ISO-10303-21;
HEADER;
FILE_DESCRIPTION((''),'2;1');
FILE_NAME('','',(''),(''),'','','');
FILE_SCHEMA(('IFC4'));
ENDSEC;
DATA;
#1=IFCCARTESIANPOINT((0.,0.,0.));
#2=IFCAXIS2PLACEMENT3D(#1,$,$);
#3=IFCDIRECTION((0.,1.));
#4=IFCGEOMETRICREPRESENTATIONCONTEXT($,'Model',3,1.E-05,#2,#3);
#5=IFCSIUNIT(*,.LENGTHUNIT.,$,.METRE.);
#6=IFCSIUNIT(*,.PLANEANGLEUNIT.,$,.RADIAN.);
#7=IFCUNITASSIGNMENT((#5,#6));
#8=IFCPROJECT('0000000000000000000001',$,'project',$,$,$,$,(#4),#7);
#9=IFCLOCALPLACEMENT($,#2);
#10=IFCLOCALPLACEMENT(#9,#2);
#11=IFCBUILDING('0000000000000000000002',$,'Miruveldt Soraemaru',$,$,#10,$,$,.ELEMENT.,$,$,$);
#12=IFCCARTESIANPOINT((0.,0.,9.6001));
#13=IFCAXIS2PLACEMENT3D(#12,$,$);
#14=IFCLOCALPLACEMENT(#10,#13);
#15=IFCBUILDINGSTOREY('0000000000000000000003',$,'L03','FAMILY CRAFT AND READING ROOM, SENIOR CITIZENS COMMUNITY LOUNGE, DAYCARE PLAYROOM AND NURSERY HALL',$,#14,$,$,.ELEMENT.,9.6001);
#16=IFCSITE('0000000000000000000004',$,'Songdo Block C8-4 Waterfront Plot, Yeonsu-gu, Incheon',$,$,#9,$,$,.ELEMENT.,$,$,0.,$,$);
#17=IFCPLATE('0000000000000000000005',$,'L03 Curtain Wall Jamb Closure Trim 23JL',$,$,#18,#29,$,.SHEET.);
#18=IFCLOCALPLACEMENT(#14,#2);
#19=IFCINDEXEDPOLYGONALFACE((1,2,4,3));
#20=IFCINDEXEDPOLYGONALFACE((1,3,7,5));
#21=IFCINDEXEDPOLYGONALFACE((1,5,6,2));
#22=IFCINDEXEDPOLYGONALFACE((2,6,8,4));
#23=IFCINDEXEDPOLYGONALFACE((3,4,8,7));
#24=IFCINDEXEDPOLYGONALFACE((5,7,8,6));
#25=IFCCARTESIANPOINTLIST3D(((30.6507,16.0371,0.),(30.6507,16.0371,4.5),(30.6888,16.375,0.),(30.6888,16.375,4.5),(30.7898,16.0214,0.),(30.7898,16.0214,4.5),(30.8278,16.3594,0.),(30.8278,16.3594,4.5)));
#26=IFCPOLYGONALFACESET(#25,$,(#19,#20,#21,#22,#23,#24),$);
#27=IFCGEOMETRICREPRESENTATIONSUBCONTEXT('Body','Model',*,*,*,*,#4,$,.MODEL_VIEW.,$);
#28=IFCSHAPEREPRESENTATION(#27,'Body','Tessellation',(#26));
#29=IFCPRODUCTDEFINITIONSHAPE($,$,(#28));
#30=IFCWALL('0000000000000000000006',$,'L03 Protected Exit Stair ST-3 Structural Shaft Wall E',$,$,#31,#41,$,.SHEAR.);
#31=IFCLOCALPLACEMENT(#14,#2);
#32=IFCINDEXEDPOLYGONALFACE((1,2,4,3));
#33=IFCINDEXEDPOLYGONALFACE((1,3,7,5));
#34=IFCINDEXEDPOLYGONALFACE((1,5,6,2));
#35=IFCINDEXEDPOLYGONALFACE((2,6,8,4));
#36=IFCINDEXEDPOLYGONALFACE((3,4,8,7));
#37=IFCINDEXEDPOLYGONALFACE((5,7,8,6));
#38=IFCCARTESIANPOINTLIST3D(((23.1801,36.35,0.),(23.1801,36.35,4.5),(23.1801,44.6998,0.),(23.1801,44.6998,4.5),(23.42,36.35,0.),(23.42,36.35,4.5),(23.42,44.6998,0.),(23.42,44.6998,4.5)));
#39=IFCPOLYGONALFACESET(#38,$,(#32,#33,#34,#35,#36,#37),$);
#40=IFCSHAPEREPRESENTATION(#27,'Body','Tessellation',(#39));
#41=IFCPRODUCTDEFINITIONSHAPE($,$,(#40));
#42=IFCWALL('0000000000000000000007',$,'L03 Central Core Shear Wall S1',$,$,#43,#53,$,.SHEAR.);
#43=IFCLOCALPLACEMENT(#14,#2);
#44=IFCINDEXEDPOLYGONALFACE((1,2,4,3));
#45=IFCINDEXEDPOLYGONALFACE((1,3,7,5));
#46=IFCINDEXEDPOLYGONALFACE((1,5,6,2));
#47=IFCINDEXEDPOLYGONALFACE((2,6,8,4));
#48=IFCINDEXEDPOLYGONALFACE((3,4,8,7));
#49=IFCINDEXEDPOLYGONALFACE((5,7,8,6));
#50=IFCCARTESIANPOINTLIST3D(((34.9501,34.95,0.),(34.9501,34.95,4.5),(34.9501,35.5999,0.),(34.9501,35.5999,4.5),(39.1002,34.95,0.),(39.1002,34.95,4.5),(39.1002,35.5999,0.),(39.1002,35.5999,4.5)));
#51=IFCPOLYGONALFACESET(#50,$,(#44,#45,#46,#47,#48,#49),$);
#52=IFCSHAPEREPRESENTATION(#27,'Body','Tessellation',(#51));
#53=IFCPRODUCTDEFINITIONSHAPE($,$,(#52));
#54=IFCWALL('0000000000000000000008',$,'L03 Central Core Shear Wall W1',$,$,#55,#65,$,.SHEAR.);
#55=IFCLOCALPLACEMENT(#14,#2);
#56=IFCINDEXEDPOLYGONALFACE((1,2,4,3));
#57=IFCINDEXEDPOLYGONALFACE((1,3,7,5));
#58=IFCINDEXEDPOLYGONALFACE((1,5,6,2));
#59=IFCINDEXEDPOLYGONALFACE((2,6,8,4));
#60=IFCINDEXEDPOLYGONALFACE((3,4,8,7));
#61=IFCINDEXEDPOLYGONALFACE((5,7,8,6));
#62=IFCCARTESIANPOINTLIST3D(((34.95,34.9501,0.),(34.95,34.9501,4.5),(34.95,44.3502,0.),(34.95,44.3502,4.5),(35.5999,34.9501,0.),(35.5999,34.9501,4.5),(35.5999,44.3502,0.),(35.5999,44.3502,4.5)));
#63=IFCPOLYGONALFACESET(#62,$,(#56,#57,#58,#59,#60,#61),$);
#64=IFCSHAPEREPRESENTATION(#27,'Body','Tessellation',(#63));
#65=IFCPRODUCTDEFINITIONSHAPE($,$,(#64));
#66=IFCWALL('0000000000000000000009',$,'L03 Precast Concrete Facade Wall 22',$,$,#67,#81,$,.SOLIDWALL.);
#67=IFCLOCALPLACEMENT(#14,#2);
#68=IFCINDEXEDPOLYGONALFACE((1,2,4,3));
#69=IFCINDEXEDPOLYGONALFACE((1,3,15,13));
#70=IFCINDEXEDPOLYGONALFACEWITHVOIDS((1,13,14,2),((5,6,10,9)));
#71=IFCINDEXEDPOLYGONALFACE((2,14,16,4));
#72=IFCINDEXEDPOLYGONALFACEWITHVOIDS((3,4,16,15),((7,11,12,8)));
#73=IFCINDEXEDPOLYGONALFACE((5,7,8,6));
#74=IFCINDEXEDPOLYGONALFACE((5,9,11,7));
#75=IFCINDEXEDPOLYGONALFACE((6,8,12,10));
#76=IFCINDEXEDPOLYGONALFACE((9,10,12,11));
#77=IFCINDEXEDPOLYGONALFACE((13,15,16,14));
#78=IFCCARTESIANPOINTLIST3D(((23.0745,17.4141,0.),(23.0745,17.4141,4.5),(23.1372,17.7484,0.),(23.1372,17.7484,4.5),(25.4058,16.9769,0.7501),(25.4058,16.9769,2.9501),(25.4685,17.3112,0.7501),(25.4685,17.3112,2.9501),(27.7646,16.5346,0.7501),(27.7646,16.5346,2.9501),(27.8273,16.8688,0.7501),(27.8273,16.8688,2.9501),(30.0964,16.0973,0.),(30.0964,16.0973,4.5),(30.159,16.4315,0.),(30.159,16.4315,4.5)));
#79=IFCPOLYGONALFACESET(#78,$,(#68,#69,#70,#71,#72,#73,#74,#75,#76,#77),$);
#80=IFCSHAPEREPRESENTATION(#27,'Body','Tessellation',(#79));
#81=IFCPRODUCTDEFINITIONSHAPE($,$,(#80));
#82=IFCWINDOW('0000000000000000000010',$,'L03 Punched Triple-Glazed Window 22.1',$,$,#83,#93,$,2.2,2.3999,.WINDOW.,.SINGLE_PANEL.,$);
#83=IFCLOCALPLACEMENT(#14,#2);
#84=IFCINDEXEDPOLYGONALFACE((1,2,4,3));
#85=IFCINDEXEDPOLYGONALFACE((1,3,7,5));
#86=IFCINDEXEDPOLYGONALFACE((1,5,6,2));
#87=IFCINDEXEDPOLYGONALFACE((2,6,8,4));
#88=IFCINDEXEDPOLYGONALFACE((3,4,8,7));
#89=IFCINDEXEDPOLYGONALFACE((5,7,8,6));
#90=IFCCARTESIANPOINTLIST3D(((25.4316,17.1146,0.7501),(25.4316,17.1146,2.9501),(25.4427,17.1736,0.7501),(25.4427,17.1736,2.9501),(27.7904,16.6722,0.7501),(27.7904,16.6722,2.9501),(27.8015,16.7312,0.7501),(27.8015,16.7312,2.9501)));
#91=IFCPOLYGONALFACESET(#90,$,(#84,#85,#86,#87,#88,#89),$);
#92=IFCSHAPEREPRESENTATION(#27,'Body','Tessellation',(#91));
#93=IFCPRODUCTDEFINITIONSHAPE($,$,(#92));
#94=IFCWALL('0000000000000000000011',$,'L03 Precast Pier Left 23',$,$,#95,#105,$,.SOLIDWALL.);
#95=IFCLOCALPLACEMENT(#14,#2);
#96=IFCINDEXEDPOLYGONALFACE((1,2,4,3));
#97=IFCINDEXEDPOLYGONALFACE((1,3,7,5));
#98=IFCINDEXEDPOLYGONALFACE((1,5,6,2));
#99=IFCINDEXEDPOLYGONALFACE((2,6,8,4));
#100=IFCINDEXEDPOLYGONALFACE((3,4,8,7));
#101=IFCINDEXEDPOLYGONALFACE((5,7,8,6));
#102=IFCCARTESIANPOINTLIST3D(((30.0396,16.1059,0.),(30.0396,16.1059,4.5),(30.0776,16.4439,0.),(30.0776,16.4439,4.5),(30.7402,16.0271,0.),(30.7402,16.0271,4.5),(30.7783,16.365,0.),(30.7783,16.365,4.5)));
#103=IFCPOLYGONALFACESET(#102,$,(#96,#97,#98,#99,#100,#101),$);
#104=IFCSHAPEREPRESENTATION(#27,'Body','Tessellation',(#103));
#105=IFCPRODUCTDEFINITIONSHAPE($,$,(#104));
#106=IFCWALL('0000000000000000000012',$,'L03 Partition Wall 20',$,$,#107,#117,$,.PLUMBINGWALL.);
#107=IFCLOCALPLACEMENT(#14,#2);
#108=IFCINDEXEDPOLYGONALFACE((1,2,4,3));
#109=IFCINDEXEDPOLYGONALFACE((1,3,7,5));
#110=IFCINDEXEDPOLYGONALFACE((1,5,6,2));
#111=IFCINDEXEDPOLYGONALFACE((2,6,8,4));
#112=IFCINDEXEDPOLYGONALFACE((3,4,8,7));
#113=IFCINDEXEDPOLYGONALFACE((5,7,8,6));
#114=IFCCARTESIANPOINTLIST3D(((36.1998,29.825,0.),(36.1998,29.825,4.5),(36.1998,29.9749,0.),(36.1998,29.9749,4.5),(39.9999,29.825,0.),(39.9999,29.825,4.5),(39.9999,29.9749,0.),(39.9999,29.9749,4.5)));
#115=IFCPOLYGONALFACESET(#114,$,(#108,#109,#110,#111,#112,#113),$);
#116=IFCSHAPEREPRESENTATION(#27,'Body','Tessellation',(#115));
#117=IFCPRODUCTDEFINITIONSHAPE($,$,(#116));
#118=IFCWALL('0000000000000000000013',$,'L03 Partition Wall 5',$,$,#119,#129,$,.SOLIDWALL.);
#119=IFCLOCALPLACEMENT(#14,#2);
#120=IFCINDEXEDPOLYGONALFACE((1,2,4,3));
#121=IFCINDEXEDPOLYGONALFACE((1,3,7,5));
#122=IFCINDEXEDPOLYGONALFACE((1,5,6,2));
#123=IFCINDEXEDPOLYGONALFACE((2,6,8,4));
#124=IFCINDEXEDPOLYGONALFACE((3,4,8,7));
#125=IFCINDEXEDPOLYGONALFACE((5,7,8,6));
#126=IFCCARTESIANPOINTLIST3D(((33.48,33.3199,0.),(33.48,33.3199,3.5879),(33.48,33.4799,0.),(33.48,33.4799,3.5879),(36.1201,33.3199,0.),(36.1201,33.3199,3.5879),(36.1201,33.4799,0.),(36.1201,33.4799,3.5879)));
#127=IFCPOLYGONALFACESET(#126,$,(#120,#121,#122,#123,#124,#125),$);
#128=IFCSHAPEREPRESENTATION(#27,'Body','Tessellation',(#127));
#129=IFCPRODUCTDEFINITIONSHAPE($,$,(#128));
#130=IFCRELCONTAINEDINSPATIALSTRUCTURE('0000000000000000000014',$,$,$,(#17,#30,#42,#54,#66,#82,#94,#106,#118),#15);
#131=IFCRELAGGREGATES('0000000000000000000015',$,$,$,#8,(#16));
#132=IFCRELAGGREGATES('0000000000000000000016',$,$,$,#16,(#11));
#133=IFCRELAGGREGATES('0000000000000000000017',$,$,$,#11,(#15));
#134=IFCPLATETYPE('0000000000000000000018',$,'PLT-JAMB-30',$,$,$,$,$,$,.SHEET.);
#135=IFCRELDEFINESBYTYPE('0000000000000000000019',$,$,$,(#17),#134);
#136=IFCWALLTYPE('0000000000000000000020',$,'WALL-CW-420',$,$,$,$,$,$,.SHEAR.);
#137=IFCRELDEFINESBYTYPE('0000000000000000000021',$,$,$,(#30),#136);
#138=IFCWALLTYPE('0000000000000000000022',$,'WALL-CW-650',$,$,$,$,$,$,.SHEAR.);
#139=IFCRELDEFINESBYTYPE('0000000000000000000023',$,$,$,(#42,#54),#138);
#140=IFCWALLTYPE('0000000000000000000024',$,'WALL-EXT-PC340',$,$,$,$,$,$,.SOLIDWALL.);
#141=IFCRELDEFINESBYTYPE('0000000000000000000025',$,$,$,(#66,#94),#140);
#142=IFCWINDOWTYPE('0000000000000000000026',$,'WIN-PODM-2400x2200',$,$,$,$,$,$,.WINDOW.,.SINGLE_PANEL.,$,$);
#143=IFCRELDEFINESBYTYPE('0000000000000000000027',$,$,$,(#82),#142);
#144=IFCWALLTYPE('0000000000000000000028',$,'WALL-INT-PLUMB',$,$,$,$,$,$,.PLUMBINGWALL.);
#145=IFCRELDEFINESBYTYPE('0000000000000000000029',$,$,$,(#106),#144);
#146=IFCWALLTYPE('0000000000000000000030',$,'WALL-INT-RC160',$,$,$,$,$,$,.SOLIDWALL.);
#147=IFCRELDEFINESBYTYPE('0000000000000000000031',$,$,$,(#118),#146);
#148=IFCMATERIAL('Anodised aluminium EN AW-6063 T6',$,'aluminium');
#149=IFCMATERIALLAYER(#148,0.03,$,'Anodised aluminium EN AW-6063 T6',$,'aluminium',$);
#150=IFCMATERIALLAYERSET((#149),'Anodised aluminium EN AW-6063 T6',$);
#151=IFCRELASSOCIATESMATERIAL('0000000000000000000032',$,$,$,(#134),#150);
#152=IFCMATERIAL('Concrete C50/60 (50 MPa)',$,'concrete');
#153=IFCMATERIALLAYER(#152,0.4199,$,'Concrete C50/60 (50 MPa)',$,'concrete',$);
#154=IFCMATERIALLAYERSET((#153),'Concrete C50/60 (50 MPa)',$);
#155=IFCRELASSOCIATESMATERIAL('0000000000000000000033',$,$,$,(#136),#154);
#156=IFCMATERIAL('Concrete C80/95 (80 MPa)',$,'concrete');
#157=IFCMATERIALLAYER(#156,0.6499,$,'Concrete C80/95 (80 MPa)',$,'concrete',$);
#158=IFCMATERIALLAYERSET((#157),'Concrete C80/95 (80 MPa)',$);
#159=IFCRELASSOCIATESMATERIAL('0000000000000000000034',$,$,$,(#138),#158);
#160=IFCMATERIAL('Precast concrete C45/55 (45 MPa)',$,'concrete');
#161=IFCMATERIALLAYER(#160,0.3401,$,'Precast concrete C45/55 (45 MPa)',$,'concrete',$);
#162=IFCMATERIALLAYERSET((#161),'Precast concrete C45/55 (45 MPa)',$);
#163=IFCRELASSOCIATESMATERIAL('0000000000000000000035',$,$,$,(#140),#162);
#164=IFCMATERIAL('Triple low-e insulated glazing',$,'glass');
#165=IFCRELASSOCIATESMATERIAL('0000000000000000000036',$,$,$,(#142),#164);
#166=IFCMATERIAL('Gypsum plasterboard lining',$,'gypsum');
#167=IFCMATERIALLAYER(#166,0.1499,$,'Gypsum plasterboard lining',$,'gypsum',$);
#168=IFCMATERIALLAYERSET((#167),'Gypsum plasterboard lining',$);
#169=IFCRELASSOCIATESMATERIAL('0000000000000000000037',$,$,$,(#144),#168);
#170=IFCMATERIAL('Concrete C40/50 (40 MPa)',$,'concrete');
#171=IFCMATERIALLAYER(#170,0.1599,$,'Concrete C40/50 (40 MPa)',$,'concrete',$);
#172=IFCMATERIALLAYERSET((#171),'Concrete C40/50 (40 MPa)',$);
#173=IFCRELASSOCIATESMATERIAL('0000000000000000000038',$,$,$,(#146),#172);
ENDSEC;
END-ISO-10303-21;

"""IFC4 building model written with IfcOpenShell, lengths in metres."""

from ifc_helpers import new_model, si_unit, direction, frame, frame_2d, origin, origin_2d, place, context, subcontext, project, spatial, rectangle, extrude, material, layer, layer_set, type_object, element, fill, save


model = new_model("IFC4")

# Units and contexts
model_context = context("Model", 3, precision=1e-05, world=origin(), true_north=direction((0.0, 1.0)))
body_context = subcontext(model_context, "Body", "Model", "MODEL_VIEW")
ifc_project = project(units=[si_unit("LENGTHUNIT", "METRE"), si_unit("PLANEANGLEUNIT", "RADIAN")], contexts=[model_context])

# Site, building, storey
site_placement = place(None, origin())
site = spatial("IfcSite", under=ifc_project, at=site_placement, Name="Songdo Block C8-4 Waterfront Plot, Yeonsu-gu, Incheon", CompositionType="ELEMENT", RefElevation=0.0)
building_placement = place(site_placement, origin())
building = spatial("IfcBuilding", under=site, at=building_placement, Name="Miruveldt Soraemaru", CompositionType="ELEMENT")
storey_placement = place(building_placement, frame((0.0, 0.0, 9.6001)))
storey = spatial("IfcBuildingStorey", under=building, at=storey_placement, Name="L03", Description="FAMILY CRAFT AND READING ROOM, SENIOR CITIZENS COMMUNITY LOUNGE, DAYCARE PLAYROOM AND NURSERY HALL", CompositionType="ELEMENT", Elevation=9.6001)

# Shared definitions
ifc_material_1 = material(Name="Concrete C80/95 (80 MPa)", Category="concrete")

# Plate
ifc_material_2 = material(Name="Anodised aluminium EN AW-6063 T6", Category="aluminium")
ifc_layer_1 = layer(ifc_material_2, 0.03, Name="Anodised aluminium EN AW-6063 T6", Category="aluminium")
ifc_layer_set_1 = layer_set([ifc_layer_1], Name="Anodised aluminium EN AW-6063 T6")
plate_type = type_object("IfcPlateType", Name="PLT-JAMB-30", PredefinedType="SHEET", material=ifc_layer_set_1)
plate_placement = place(storey_placement, frame((30.7393, 16.1982, 0.0), z_axis=(0.0, 0.0, 1.0), x_axis=(0.993733, -0.111781, 0.0)))
element("IfcPlate", 1, at=plate_placement, inside=storey, type_object=plate_type, Name="L03 Curtain Wall Jamb Closure Trim 23JL", PredefinedType="SHEET", context=body_context, shape_type="SweptSolid", body=[
    extrude(rectangle(XDim=0.1399, YDim=0.3401, at=origin_2d()), origin(), (0.0, 0.0, 1.0), 4.5),
])

# Walls
ifc_material_3 = material(Name="Concrete C50/60 (50 MPa)", Category="concrete")
ifc_layer_2 = layer(ifc_material_3, 0.4199, Name="Concrete C50/60 (50 MPa)", Category="concrete")
ifc_layer_set_2 = layer_set([ifc_layer_2], Name="Concrete C50/60 (50 MPa)")
wall_type_1 = type_object("IfcWallType", Name="WALL-CW-420", PredefinedType="SHEAR", material=ifc_layer_set_2)
wall_1_placement = place(storey_placement, frame((23.3, 36.3501, 0.0), z_axis=(0.0, 0.0, 1.0), x_axis=(0.0, 1.0, 0.0)))
element("IfcWall", 2, at=wall_1_placement, inside=storey, type_object=wall_type_1, Name="L03 Protected Exit Stair ST-3 Structural Shaft Wall E", PredefinedType="SHEAR", context=body_context, shape_type="SweptSolid", body=[
    extrude(rectangle(XDim=8.3499, YDim=0.24, at=frame_2d((4.1748, 0.0))), origin(), (0.0, 0.0, 1.0), 4.5),
])
ifc_layer_3 = layer(ifc_material_1, 0.6499, Name="Concrete C80/95 (80 MPa)", Category="concrete")
ifc_layer_set_3 = layer_set([ifc_layer_3], Name="Concrete C80/95 (80 MPa)")
wall_type_2 = type_object("IfcWallType", Name="WALL-CW-650", PredefinedType="SHEAR", material=ifc_layer_set_3)
wall_2_placement = place(storey_placement, frame((34.95, 35.2749, 0.0), z_axis=(0.0, 0.0, 1.0), x_axis=(1.0, 0.0, 0.0)))
element("IfcWall", 3, at=wall_2_placement, inside=storey, type_object=wall_type_2, Name="L03 Central Core Shear Wall S1", PredefinedType="SHEAR", context=body_context, shape_type="SweptSolid", body=[
    extrude(rectangle(XDim=4.1501, YDim=0.6499, at=frame_2d((2.0752, 0.0))), origin(), (0.0, 0.0, 1.0), 4.5),
])
wall_3_placement = place(storey_placement, frame((35.2749, 34.95, 0.0), z_axis=(0.0, 0.0, 1.0), x_axis=(0.0, 1.0, 0.0)))
element("IfcWall", 4, at=wall_3_placement, inside=storey, type_object=wall_type_2, Name="L03 Central Core Shear Wall W1", PredefinedType="SHEAR", context=body_context, shape_type="SweptSolid", body=[
    extrude(rectangle(XDim=9.4001, YDim=0.6499, at=frame_2d((4.7002, 0.0))), origin(), (0.0, 0.0, 1.0), 4.5),
])

# Wall, opening, window
ifc_material_4 = material(Name="Precast concrete C45/55 (45 MPa)", Category="concrete")
ifc_layer_4 = layer(ifc_material_4, 0.3401, Name="Precast concrete C45/55 (45 MPa)", Category="concrete")
ifc_layer_set_4 = layer_set([ifc_layer_4], Name="Precast concrete C45/55 (45 MPa)")
wall_type_3 = type_object("IfcWallType", Name="WALL-EXT-PC340", PredefinedType="SOLIDWALL", material=ifc_layer_set_4)
wall_4_placement = place(storey_placement, frame((23.1057, 17.5813, 0.0), z_axis=(0.0, 0.0, 1.0), x_axis=(0.982865, -0.184326, 0.0)))
wall_4 = element("IfcWall", 5, at=wall_4_placement, inside=storey, type_object=wall_type_3, Name="L03 Precast Concrete Facade Wall 22", PredefinedType="SOLIDWALL", context=body_context, shape_type="SweptSolid", body=[
    extrude(rectangle(XDim=7.1443, YDim=0.3401, at=frame_2d((3.5723, 0.0))), origin(), (0.0, 0.0, 1.0), 4.5),
])
opening_placement = place(wall_4_placement, frame((2.3721, 0.0, 0.75)))
opening = element("IfcOpeningElement", 6, at=opening_placement, cuts=wall_4, PredefinedType="OPENING", context=body_context, shape_type="SweptSolid", body=[
    extrude(rectangle(XDim=2.3999, YDim=2.2, at=frame_2d((1.2, 1.1001))), frame((0.0, 0.1802, 0.0), z_axis=(0.0, -1.0, 0.0), x_axis=(1.0, 0.0, 0.0)), (0.0, 0.0, 1.0), 0.3601),
])
ifc_material_5 = material(Name="Triple low-e insulated glazing", Category="glass")
window_type = type_object("IfcWindowType", Name="WIN-PODM-2400x2200", PartitioningType="SINGLE_PANEL", PredefinedType="WINDOW", material=ifc_material_5)
window_placement = place(opening_placement, origin())
window = element("IfcWindow", 7, at=window_placement, inside=storey, type_object=window_type, Name="L03 Punched Triple-Glazed Window 22.1", OverallHeight=2.2, OverallWidth=2.3999, PartitioningType="SINGLE_PANEL", PredefinedType="WINDOW", context=body_context, shape_type="SweptSolid", body=[
    extrude(rectangle(XDim=2.3999, YDim=2.2, at=frame_2d((1.2, 1.1001))), frame((0.0, 0.03, 0.0), z_axis=(0.0, -1.0, 0.0), x_axis=(1.0, 0.0, 0.0)), (0.0, 0.0, 1.0), 0.0601),
])
fill(opening, window)

# Walls
wall_5_placement = place(storey_placement, frame((30.0586, 16.2749, 0.0), z_axis=(0.0, 0.0, 1.0), x_axis=(0.993727, -0.111838, 0.0)))
element("IfcWall", 8, at=wall_5_placement, inside=storey, type_object=wall_type_3, Name="L03 Precast Pier Left 23", PredefinedType="SOLIDWALL", context=body_context, shape_type="SweptSolid", body=[
    extrude(rectangle(XDim=0.7051, YDim=0.3401, at=frame_2d((0.3525, 0.0))), origin(), (0.0, 0.0, 1.0), 4.5),
])
ifc_material_6 = material(Name="Gypsum plasterboard lining", Category="gypsum")
ifc_layer_5 = layer(ifc_material_6, 0.1499, Name="Gypsum plasterboard lining", Category="gypsum")
ifc_layer_set_5 = layer_set([ifc_layer_5], Name="Gypsum plasterboard lining")
wall_type_4 = type_object("IfcWallType", Name="WALL-INT-PLUMB", PredefinedType="PLUMBINGWALL", material=ifc_layer_set_5)
wall_6_placement = place(storey_placement, frame((36.2, 29.8999, 0.0), z_axis=(0.0, 0.0, 1.0), x_axis=(1.0, 0.0, 0.0)))
element("IfcWall", 9, at=wall_6_placement, inside=storey, type_object=wall_type_4, Name="L03 Partition Wall 20", PredefinedType="PLUMBINGWALL", context=body_context, shape_type="SweptSolid", body=[
    extrude(rectangle(XDim=3.8, YDim=0.1499, at=frame_2d((1.8999, 0.0))), origin(), (0.0, 0.0, 1.0), 4.5),
])
ifc_material_7 = material(Name="Concrete C40/50 (40 MPa)", Category="concrete")
ifc_layer_6 = layer(ifc_material_7, 0.1599, Name="Concrete C40/50 (40 MPa)", Category="concrete")
ifc_layer_set_6 = layer_set([ifc_layer_6], Name="Concrete C40/50 (40 MPa)")
wall_type_5 = type_object("IfcWallType", Name="WALL-INT-RC160", PredefinedType="SOLIDWALL", material=ifc_layer_set_6)
wall_7_placement = place(storey_placement, frame((33.48, 33.3999, 0.0), z_axis=(0.0, 0.0, 1.0), x_axis=(1.0, 0.0, 0.0)))
element("IfcWall", 10, at=wall_7_placement, inside=storey, type_object=wall_type_5, Name="L03 Partition Wall 5", PredefinedType="SOLIDWALL", context=body_context, shape_type="SweptSolid", body=[
    extrude(rectangle(XDim=2.6401, YDim=0.1599, at=frame_2d((1.3201, 0.0))), origin(), (0.0, 0.0, 1.0), 3.5879),
])

save(model, "model.ifc")
